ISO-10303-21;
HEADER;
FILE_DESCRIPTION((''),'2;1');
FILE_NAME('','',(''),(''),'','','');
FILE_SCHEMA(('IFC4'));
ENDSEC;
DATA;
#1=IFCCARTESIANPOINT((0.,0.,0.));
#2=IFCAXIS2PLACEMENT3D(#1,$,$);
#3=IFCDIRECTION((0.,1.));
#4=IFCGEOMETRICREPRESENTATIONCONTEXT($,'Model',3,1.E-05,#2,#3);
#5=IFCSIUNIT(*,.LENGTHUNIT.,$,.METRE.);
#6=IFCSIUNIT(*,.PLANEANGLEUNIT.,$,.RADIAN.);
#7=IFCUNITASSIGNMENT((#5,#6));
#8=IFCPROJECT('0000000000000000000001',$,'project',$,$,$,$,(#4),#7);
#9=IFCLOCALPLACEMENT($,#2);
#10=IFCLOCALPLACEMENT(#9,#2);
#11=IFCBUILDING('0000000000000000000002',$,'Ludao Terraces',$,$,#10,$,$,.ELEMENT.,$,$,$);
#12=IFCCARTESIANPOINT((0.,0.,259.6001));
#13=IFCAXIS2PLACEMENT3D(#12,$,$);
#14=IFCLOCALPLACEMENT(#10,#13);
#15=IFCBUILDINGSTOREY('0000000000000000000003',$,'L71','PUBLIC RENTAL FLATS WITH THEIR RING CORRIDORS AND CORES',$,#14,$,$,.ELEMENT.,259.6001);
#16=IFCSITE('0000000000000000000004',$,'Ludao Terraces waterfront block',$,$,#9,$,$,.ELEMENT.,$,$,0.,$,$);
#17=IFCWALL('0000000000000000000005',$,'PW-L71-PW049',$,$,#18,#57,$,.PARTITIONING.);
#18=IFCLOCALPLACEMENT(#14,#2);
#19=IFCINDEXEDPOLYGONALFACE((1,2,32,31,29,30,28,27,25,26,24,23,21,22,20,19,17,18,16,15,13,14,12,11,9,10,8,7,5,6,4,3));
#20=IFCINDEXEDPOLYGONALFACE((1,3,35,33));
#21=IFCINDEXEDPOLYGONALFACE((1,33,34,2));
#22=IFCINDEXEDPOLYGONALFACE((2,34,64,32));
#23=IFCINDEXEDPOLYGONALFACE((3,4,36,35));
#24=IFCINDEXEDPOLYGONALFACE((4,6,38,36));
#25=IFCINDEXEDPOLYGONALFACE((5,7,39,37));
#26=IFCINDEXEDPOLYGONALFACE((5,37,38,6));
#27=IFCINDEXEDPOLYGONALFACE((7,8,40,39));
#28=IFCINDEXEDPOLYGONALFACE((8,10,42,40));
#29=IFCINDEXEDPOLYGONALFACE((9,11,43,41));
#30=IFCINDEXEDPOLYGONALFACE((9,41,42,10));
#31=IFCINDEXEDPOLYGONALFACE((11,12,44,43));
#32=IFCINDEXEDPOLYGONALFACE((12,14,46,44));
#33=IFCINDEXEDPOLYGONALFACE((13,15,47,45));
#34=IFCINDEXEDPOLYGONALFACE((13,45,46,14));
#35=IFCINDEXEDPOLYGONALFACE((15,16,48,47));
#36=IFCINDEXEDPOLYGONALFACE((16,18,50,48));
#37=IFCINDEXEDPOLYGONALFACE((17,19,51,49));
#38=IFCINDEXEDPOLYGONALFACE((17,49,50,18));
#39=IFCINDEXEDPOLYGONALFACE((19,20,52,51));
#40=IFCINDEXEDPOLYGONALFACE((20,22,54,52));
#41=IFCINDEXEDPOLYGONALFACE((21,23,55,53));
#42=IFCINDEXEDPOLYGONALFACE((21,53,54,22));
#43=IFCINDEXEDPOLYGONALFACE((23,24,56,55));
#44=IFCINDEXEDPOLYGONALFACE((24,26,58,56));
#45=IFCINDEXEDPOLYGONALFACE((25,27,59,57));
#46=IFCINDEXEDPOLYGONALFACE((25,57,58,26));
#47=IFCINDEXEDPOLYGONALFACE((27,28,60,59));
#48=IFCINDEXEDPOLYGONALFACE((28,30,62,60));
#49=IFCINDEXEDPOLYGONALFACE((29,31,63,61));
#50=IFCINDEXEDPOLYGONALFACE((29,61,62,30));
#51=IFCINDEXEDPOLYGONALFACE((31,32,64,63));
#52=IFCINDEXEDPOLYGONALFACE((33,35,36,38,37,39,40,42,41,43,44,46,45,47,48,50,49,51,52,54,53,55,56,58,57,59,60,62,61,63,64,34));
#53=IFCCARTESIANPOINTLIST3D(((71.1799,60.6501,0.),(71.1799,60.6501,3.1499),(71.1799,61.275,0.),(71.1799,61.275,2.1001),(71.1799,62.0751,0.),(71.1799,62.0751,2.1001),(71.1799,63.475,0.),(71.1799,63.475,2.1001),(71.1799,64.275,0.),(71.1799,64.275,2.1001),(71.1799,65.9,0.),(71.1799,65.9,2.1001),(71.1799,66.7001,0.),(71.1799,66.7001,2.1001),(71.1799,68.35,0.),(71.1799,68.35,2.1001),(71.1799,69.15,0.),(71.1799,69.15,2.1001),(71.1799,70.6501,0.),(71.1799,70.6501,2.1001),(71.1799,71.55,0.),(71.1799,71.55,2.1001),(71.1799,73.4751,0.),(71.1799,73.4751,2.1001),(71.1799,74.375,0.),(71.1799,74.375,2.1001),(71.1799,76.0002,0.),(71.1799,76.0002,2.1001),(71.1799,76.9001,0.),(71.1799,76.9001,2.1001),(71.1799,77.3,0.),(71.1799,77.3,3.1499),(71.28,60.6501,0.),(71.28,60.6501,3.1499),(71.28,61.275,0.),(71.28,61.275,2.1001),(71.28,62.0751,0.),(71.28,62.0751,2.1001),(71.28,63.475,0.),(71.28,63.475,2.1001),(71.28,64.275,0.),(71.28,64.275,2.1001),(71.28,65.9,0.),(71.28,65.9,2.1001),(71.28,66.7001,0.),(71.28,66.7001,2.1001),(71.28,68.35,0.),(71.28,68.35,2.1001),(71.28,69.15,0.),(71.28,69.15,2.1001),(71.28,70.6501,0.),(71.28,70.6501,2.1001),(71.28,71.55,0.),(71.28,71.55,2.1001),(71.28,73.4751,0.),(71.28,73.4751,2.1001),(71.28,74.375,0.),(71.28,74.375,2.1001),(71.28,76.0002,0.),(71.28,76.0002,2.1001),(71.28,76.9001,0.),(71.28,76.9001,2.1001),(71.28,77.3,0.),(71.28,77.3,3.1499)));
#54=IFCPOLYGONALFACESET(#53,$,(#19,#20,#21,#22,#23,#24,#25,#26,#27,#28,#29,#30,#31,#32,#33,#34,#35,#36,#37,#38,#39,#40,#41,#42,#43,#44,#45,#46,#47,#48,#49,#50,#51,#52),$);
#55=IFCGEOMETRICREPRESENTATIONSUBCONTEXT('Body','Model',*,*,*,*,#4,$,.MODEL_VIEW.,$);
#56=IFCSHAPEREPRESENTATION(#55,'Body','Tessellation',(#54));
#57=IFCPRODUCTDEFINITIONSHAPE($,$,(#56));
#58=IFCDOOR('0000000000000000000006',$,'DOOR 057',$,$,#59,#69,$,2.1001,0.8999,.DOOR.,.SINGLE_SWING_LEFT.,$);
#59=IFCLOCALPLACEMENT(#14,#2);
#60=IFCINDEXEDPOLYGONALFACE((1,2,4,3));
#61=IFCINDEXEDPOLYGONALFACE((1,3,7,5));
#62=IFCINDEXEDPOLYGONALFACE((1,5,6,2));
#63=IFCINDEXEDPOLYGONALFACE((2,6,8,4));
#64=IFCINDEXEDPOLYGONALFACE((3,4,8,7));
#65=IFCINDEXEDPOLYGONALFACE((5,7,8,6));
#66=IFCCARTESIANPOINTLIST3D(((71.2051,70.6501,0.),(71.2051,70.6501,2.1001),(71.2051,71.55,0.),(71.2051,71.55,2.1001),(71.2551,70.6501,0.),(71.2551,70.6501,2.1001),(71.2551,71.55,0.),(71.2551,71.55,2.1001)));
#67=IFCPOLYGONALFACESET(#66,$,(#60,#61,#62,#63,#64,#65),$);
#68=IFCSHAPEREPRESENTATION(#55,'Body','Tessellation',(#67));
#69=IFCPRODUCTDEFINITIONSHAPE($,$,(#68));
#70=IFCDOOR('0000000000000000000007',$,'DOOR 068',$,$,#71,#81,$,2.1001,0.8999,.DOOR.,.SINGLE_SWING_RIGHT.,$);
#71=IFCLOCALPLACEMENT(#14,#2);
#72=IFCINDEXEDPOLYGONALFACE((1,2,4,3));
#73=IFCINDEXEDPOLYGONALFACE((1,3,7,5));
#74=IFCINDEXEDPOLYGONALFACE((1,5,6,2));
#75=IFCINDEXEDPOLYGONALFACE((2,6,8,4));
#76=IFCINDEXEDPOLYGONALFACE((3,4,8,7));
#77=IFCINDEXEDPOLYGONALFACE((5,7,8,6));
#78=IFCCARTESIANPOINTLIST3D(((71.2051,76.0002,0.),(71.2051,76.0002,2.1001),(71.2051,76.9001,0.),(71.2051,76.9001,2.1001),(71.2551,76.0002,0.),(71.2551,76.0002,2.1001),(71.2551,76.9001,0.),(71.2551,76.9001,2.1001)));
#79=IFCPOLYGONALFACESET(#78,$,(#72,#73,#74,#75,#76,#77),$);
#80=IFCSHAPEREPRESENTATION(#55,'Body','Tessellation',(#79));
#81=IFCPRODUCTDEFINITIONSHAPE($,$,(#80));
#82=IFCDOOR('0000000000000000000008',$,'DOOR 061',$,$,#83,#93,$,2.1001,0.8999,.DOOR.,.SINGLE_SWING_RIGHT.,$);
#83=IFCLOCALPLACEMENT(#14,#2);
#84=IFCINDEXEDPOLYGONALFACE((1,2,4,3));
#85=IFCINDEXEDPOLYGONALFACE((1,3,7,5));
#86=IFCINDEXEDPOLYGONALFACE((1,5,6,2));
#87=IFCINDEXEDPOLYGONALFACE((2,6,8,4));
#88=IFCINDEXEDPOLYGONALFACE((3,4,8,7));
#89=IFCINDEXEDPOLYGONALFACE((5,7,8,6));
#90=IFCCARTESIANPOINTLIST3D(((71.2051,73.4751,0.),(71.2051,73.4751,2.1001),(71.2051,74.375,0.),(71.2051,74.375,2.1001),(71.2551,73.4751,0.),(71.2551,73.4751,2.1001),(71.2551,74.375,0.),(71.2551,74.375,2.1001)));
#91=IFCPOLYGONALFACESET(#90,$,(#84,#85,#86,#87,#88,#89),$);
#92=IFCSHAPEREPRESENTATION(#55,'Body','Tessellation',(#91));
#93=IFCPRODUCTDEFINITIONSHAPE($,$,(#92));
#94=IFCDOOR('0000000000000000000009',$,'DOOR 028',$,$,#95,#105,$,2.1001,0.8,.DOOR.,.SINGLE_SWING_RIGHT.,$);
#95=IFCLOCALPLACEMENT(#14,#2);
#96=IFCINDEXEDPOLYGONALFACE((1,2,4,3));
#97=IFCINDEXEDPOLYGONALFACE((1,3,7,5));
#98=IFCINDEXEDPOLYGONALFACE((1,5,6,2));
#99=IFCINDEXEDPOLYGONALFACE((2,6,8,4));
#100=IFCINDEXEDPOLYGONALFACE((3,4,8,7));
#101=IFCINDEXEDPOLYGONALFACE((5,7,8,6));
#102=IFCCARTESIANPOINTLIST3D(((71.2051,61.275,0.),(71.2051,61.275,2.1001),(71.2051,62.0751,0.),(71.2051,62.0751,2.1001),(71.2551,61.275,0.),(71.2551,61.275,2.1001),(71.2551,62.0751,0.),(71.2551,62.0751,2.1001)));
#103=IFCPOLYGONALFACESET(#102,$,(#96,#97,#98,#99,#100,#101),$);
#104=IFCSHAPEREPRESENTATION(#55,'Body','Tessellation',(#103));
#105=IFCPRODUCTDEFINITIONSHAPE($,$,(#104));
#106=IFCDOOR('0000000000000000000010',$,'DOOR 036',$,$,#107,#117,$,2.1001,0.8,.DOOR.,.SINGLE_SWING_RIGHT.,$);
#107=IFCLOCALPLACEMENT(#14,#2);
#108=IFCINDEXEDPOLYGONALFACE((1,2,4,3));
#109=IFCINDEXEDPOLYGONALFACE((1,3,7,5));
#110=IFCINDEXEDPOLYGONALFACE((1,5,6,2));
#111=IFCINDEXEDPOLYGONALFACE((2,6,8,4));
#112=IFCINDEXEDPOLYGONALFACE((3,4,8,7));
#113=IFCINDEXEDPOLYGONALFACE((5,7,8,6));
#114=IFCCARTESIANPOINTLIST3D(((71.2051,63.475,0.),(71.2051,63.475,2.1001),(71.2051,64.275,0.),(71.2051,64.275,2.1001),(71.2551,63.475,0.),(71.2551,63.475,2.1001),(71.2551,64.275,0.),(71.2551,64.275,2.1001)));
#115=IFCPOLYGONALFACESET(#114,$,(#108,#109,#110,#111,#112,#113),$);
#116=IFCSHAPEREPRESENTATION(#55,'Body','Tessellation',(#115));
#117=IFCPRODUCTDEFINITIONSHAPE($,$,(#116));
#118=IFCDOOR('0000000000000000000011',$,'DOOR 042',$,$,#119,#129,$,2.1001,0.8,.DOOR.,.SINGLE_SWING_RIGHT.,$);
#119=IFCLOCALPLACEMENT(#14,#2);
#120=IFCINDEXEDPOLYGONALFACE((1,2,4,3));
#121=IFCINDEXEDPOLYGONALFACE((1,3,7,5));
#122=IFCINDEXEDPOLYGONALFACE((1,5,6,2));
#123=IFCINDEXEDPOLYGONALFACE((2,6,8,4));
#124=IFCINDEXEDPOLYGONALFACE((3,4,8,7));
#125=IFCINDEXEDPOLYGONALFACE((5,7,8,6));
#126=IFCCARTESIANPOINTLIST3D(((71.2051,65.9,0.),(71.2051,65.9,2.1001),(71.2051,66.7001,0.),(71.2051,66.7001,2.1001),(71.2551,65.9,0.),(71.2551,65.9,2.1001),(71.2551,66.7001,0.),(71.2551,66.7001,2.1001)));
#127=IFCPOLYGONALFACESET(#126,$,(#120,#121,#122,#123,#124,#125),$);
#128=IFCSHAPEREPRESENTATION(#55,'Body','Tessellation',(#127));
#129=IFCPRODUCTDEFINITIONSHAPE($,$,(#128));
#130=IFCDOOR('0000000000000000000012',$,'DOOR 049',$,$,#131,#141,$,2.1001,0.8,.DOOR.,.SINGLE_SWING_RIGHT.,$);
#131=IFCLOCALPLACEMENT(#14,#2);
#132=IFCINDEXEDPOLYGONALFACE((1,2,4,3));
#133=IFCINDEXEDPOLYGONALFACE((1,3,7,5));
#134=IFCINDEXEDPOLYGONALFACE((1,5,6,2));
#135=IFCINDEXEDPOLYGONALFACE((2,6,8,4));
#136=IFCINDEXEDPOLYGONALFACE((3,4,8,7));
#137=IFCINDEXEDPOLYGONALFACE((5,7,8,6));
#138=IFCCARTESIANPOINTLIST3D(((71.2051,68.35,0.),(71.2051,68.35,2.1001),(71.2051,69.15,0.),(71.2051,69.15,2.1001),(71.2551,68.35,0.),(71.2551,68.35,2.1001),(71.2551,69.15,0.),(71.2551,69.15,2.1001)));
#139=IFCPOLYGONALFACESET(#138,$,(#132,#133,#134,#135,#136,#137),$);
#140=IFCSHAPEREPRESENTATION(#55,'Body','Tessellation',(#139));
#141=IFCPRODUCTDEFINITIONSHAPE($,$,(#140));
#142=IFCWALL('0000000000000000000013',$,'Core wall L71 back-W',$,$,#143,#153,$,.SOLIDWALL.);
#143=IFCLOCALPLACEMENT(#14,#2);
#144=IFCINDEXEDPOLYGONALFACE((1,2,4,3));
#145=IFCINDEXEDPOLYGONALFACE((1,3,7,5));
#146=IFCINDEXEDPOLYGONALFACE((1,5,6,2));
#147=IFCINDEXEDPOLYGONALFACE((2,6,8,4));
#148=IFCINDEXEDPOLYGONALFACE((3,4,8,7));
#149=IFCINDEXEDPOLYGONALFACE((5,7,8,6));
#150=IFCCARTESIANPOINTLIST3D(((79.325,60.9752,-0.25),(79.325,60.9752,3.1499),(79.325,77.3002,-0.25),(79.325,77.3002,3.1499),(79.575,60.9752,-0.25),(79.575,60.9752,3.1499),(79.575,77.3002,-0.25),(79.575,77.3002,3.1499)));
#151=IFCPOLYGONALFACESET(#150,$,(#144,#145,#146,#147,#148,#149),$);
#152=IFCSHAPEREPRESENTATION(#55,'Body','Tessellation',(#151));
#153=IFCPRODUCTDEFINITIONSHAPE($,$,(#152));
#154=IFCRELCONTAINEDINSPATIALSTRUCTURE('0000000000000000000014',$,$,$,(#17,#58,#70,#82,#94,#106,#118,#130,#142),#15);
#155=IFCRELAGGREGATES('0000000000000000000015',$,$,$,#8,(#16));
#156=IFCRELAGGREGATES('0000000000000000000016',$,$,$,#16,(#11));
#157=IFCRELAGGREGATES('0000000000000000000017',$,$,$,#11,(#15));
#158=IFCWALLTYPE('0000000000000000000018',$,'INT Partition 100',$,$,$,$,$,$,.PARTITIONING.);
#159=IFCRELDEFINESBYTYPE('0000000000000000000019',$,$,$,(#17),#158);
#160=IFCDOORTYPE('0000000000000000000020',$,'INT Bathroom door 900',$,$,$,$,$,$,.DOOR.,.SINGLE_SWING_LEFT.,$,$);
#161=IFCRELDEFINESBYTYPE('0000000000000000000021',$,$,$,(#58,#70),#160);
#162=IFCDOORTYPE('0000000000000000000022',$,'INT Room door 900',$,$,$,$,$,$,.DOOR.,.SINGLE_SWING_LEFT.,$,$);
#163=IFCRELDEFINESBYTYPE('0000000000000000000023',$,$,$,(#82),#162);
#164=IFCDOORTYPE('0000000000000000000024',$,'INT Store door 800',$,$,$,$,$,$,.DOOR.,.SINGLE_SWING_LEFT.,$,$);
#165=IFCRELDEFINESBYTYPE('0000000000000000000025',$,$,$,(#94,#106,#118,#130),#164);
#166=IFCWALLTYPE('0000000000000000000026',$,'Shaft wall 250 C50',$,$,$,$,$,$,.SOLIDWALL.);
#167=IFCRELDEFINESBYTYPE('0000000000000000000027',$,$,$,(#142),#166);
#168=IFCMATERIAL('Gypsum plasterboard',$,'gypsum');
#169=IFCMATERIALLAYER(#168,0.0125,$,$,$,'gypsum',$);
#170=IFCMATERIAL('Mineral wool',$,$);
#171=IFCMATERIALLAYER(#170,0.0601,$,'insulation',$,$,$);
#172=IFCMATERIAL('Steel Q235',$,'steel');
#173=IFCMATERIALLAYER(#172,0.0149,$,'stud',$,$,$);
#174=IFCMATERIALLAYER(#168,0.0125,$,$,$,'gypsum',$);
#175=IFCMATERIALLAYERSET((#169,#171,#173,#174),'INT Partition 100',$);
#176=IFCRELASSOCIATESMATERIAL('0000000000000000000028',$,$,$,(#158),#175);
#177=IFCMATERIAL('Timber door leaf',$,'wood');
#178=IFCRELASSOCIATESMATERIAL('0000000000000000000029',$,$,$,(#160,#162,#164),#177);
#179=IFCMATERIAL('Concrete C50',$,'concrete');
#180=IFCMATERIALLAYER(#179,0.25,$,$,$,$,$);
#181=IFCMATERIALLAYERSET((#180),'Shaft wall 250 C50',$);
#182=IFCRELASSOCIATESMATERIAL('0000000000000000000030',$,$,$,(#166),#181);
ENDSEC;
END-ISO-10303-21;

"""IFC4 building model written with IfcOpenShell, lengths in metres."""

from ifc_helpers import new_model, si_unit, direction, frame, frame_2d, origin, place, context, subcontext, project, spatial, rectangle, extrude, material, layer, layer_set, type_object, element, fill, save


model = new_model("IFC4")

# Units and contexts
model_context = context("Model", 3, precision=1e-05, world=origin(), true_north=direction((0.0, 1.0)))
body_context = subcontext(model_context, "Body", "Model", "MODEL_VIEW")
ifc_project = project(units=[si_unit("LENGTHUNIT", "METRE"), si_unit("PLANEANGLEUNIT", "RADIAN")], contexts=[model_context])

# Site, building, storey
site_placement = place(None, origin())
site = spatial("IfcSite", under=ifc_project, at=site_placement, Name="Ludao Terraces waterfront block", CompositionType="ELEMENT", RefElevation=0.0)
building_placement = place(site_placement, origin())
building = spatial("IfcBuilding", under=site, at=building_placement, Name="Ludao Terraces", CompositionType="ELEMENT")
storey_placement = place(building_placement, frame((0.0, 0.0, 259.6001)))
storey = spatial("IfcBuildingStorey", under=building, at=storey_placement, Name="L71", Description="PUBLIC RENTAL FLATS WITH THEIR RING CORRIDORS AND CORES", CompositionType="ELEMENT", Elevation=259.6001)

# Shared definitions
ifc_material_1 = material(Name="Gypsum plasterboard", Category="gypsum")
ifc_layer_1 = layer(ifc_material_1, 0.0125, Category="gypsum")
ifc_material_2 = material(Name="Mineral wool")
ifc_layer_2 = layer(ifc_material_2, 0.0601, Name="insulation")
ifc_material_3 = material(Name="Steel Q235", Category="steel")
ifc_layer_3 = layer(ifc_material_3, 0.0149, Name="stud")
ifc_layer_4 = layer(ifc_material_1, 0.0125, Category="gypsum")
ifc_layer_set_1 = layer_set([ifc_layer_1, ifc_layer_2, ifc_layer_3, ifc_layer_4], Name="INT Partition 100")
wall_type_1 = type_object("IfcWallType", Name="INT Partition 100", PredefinedType="PARTITIONING", material=ifc_layer_set_1)

# Wall, openings, doors
wall_1_placement = place(storey_placement, frame((71.23, 60.6501, 0.0), z_axis=(0.0, 0.0, 1.0), x_axis=(0.0, 1.0, 0.0)))
wall_1 = element("IfcWall", 1, at=wall_1_placement, inside=storey, type_object=wall_type_1, Name="PW-L71-PW049", PredefinedType="PARTITIONING", context=body_context, shape_type="SweptSolid", body=[
    extrude(rectangle(XDim=16.6499, YDim=0.1001, at=frame_2d((8.325, 0.0))), origin(), (0.0, 0.0, 1.0), 3.1499),
])
opening_1_placement = place(wall_1_placement, frame((0.625, 0.0, 0.0)))
opening_1 = element("IfcOpeningElement", 2, at=opening_1_placement, cuts=wall_1, PredefinedType="OPENING", context=body_context, shape_type="SweptSolid", body=[
    extrude(rectangle(XDim=0.8, YDim=2.1001, at=frame_2d((0.3999, 1.05))), frame((0.0, 0.0601, 0.0), z_axis=(0.0, -1.0, 0.0), x_axis=(1.0, 0.0, 0.0)), (0.0, 0.0, 1.0), 0.1201),
])
opening_2_placement = place(wall_1_placement, frame((2.825, 0.0, 0.0)))
opening_2 = element("IfcOpeningElement", 3, at=opening_2_placement, cuts=wall_1, PredefinedType="OPENING", context=body_context, shape_type="SweptSolid", body=[
    extrude(rectangle(XDim=0.8, YDim=2.1001, at=frame_2d((0.3999, 1.05))), frame((0.0, 0.0601, 0.0), z_axis=(0.0, -1.0, 0.0), x_axis=(1.0, 0.0, 0.0)), (0.0, 0.0, 1.0), 0.1201),
])
opening_3_placement = place(wall_1_placement, frame((5.25, 0.0, 0.0)))
opening_3 = element("IfcOpeningElement", 4, at=opening_3_placement, cuts=wall_1, PredefinedType="OPENING", context=body_context, shape_type="SweptSolid", body=[
    extrude(rectangle(XDim=0.8, YDim=2.1001, at=frame_2d((0.3999, 1.05))), frame((0.0, 0.0601, 0.0), z_axis=(0.0, -1.0, 0.0), x_axis=(1.0, 0.0, 0.0)), (0.0, 0.0, 1.0), 0.1201),
])
opening_4_placement = place(wall_1_placement, frame((7.7, 0.0, 0.0)))
opening_4 = element("IfcOpeningElement", 5, at=opening_4_placement, cuts=wall_1, PredefinedType="OPENING", context=body_context, shape_type="SweptSolid", body=[
    extrude(rectangle(XDim=0.8, YDim=2.1001, at=frame_2d((0.3999, 1.05))), frame((0.0, 0.0601, 0.0), z_axis=(0.0, -1.0, 0.0), x_axis=(1.0, 0.0, 0.0)), (0.0, 0.0, 1.0), 0.1201),
])
opening_5_placement = place(wall_1_placement, frame((10.0, 0.0, 0.0)))
opening_5 = element("IfcOpeningElement", 6, at=opening_5_placement, cuts=wall_1, PredefinedType="OPENING", context=body_context, shape_type="SweptSolid", body=[
    extrude(rectangle(XDim=0.8999, YDim=2.1001, at=frame_2d((0.45, 1.05))), frame((0.0, 0.0601, 0.0), z_axis=(0.0, -1.0, 0.0), x_axis=(1.0, 0.0, 0.0)), (0.0, 0.0, 1.0), 0.1201),
])
opening_6_placement = place(wall_1_placement, frame((12.825, 0.0, 0.0)))
opening_6 = element("IfcOpeningElement", 7, at=opening_6_placement, cuts=wall_1, PredefinedType="OPENING", context=body_context, shape_type="SweptSolid", body=[
    extrude(rectangle(XDim=0.8999, YDim=2.1001, at=frame_2d((0.45, 1.05))), frame((0.0, 0.0601, 0.0), z_axis=(0.0, -1.0, 0.0), x_axis=(1.0, 0.0, 0.0)), (0.0, 0.0, 1.0), 0.1201),
])
opening_7_placement = place(wall_1_placement, frame((15.3501, 0.0, 0.0)))
opening_7 = element("IfcOpeningElement", 8, at=opening_7_placement, cuts=wall_1, PredefinedType="OPENING", context=body_context, shape_type="SweptSolid", body=[
    extrude(rectangle(XDim=0.8999, YDim=2.1001, at=frame_2d((0.45, 1.05))), frame((0.0, 0.0601, 0.0), z_axis=(0.0, -1.0, 0.0), x_axis=(1.0, 0.0, 0.0)), (0.0, 0.0, 1.0), 0.1201),
])
ifc_material_4 = material(Name="Timber door leaf", Category="wood")
door_type_1 = type_object("IfcDoorType", Name="INT Bathroom door 900", OperationType="SINGLE_SWING_LEFT", PredefinedType="DOOR", material=ifc_material_4)
door_1_placement = place(opening_5_placement, origin())
door_1 = element("IfcDoor", 9, at=door_1_placement, inside=storey, type_object=door_type_1, Name="DOOR 057", OperationType="SINGLE_SWING_LEFT", OverallHeight=2.1001, OverallWidth=0.8999, PredefinedType="DOOR", context=body_context, shape_type="SweptSolid", body=[
    extrude(rectangle(XDim=0.8999, YDim=2.1001, at=frame_2d((0.45, 1.05))), frame((0.0, 0.0249, 0.0), z_axis=(0.0, -1.0, 0.0), x_axis=(1.0, 0.0, 0.0)), (0.0, 0.0, 1.0), 0.05),
])
fill(opening_5, door_1)
door_2_placement = place(opening_7_placement, origin())
door_2 = element("IfcDoor", 10, at=door_2_placement, inside=storey, type_object=door_type_1, Name="DOOR 068", OperationType="SINGLE_SWING_RIGHT", OverallHeight=2.1001, OverallWidth=0.8999, PredefinedType="DOOR", context=body_context, shape_type="SweptSolid", body=[
    extrude(rectangle(XDim=0.8999, YDim=2.1001, at=frame_2d((0.45, 1.05))), frame((0.0, 0.0249, 0.0), z_axis=(0.0, -1.0, 0.0), x_axis=(1.0, 0.0, 0.0)), (0.0, 0.0, 1.0), 0.05),
])
fill(opening_7, door_2)
door_type_2 = type_object("IfcDoorType", Name="INT Room door 900", OperationType="SINGLE_SWING_LEFT", PredefinedType="DOOR", material=ifc_material_4)
door_3_placement = place(opening_6_placement, origin())
door_3 = element("IfcDoor", 11, at=door_3_placement, inside=storey, type_object=door_type_2, Name="DOOR 061", OperationType="SINGLE_SWING_RIGHT", OverallHeight=2.1001, OverallWidth=0.8999, PredefinedType="DOOR", context=body_context, shape_type="SweptSolid", body=[
    extrude(rectangle(XDim=0.8999, YDim=2.1001, at=frame_2d((0.45, 1.05))), frame((0.0, 0.0249, 0.0), z_axis=(0.0, -1.0, 0.0), x_axis=(1.0, 0.0, 0.0)), (0.0, 0.0, 1.0), 0.05),
])
fill(opening_6, door_3)
door_type_3 = type_object("IfcDoorType", Name="INT Store door 800", OperationType="SINGLE_SWING_LEFT", PredefinedType="DOOR", material=ifc_material_4)
door_4_placement = place(opening_1_placement, origin())
door_4 = element("IfcDoor", 12, at=door_4_placement, inside=storey, type_object=door_type_3, Name="DOOR 028", OperationType="SINGLE_SWING_RIGHT", OverallHeight=2.1001, OverallWidth=0.8, PredefinedType="DOOR", context=body_context, shape_type="SweptSolid", body=[
    extrude(rectangle(XDim=0.8, YDim=2.1001, at=frame_2d((0.3999, 1.05))), frame((0.0, 0.0249, 0.0), z_axis=(0.0, -1.0, 0.0), x_axis=(1.0, 0.0, 0.0)), (0.0, 0.0, 1.0), 0.05),
])
fill(opening_1, door_4)
door_5_placement = place(opening_2_placement, origin())
door_5 = element("IfcDoor", 13, at=door_5_placement, inside=storey, type_object=door_type_3, Name="DOOR 036", OperationType="SINGLE_SWING_RIGHT", OverallHeight=2.1001, OverallWidth=0.8, PredefinedType="DOOR", context=body_context, shape_type="SweptSolid", body=[
    extrude(rectangle(XDim=0.8, YDim=2.1001, at=frame_2d((0.3999, 1.05))), frame((0.0, 0.0249, 0.0), z_axis=(0.0, -1.0, 0.0), x_axis=(1.0, 0.0, 0.0)), (0.0, 0.0, 1.0), 0.05),
])
fill(opening_2, door_5)
door_6_placement = place(opening_3_placement, origin())
door_6 = element("IfcDoor", 14, at=door_6_placement, inside=storey, type_object=door_type_3, Name="DOOR 042", OperationType="SINGLE_SWING_RIGHT", OverallHeight=2.1001, OverallWidth=0.8, PredefinedType="DOOR", context=body_context, shape_type="SweptSolid", body=[
    extrude(rectangle(XDim=0.8, YDim=2.1001, at=frame_2d((0.3999, 1.05))), frame((0.0, 0.0249, 0.0), z_axis=(0.0, -1.0, 0.0), x_axis=(1.0, 0.0, 0.0)), (0.0, 0.0, 1.0), 0.05),
])
fill(opening_3, door_6)
door_7_placement = place(opening_4_placement, origin())
door_7 = element("IfcDoor", 15, at=door_7_placement, inside=storey, type_object=door_type_3, Name="DOOR 049", OperationType="SINGLE_SWING_RIGHT", OverallHeight=2.1001, OverallWidth=0.8, PredefinedType="DOOR", context=body_context, shape_type="SweptSolid", body=[
    extrude(rectangle(XDim=0.8, YDim=2.1001, at=frame_2d((0.3999, 1.05))), frame((0.0, 0.0249, 0.0), z_axis=(0.0, -1.0, 0.0), x_axis=(1.0, 0.0, 0.0)), (0.0, 0.0, 1.0), 0.05),
])
fill(opening_4, door_7)

# Wall
ifc_material_5 = material(Name="Concrete C50", Category="concrete")
ifc_layer_5 = layer(ifc_material_5, 0.25)
ifc_layer_set_2 = layer_set([ifc_layer_5], Name="Shaft wall 250 C50")
wall_type_2 = type_object("IfcWallType", Name="Shaft wall 250 C50", PredefinedType="SOLIDWALL", material=ifc_layer_set_2)
wall_2_placement = place(storey_placement, frame((79.45, 60.9751, -0.25), z_axis=(0.0, 0.0, 1.0), x_axis=(0.0, 1.0, 0.0)))
element("IfcWall", 16, at=wall_2_placement, inside=storey, type_object=wall_type_2, Name="Core wall L71 back-W", PredefinedType="SOLIDWALL", context=body_context, shape_type="SweptSolid", body=[
    extrude(rectangle(XDim=16.325, YDim=0.25, at=frame_2d((8.1626, 0.0))), origin(), (0.0, 0.0, 1.0), 3.3999),
])

save(model, "model.ifc")
